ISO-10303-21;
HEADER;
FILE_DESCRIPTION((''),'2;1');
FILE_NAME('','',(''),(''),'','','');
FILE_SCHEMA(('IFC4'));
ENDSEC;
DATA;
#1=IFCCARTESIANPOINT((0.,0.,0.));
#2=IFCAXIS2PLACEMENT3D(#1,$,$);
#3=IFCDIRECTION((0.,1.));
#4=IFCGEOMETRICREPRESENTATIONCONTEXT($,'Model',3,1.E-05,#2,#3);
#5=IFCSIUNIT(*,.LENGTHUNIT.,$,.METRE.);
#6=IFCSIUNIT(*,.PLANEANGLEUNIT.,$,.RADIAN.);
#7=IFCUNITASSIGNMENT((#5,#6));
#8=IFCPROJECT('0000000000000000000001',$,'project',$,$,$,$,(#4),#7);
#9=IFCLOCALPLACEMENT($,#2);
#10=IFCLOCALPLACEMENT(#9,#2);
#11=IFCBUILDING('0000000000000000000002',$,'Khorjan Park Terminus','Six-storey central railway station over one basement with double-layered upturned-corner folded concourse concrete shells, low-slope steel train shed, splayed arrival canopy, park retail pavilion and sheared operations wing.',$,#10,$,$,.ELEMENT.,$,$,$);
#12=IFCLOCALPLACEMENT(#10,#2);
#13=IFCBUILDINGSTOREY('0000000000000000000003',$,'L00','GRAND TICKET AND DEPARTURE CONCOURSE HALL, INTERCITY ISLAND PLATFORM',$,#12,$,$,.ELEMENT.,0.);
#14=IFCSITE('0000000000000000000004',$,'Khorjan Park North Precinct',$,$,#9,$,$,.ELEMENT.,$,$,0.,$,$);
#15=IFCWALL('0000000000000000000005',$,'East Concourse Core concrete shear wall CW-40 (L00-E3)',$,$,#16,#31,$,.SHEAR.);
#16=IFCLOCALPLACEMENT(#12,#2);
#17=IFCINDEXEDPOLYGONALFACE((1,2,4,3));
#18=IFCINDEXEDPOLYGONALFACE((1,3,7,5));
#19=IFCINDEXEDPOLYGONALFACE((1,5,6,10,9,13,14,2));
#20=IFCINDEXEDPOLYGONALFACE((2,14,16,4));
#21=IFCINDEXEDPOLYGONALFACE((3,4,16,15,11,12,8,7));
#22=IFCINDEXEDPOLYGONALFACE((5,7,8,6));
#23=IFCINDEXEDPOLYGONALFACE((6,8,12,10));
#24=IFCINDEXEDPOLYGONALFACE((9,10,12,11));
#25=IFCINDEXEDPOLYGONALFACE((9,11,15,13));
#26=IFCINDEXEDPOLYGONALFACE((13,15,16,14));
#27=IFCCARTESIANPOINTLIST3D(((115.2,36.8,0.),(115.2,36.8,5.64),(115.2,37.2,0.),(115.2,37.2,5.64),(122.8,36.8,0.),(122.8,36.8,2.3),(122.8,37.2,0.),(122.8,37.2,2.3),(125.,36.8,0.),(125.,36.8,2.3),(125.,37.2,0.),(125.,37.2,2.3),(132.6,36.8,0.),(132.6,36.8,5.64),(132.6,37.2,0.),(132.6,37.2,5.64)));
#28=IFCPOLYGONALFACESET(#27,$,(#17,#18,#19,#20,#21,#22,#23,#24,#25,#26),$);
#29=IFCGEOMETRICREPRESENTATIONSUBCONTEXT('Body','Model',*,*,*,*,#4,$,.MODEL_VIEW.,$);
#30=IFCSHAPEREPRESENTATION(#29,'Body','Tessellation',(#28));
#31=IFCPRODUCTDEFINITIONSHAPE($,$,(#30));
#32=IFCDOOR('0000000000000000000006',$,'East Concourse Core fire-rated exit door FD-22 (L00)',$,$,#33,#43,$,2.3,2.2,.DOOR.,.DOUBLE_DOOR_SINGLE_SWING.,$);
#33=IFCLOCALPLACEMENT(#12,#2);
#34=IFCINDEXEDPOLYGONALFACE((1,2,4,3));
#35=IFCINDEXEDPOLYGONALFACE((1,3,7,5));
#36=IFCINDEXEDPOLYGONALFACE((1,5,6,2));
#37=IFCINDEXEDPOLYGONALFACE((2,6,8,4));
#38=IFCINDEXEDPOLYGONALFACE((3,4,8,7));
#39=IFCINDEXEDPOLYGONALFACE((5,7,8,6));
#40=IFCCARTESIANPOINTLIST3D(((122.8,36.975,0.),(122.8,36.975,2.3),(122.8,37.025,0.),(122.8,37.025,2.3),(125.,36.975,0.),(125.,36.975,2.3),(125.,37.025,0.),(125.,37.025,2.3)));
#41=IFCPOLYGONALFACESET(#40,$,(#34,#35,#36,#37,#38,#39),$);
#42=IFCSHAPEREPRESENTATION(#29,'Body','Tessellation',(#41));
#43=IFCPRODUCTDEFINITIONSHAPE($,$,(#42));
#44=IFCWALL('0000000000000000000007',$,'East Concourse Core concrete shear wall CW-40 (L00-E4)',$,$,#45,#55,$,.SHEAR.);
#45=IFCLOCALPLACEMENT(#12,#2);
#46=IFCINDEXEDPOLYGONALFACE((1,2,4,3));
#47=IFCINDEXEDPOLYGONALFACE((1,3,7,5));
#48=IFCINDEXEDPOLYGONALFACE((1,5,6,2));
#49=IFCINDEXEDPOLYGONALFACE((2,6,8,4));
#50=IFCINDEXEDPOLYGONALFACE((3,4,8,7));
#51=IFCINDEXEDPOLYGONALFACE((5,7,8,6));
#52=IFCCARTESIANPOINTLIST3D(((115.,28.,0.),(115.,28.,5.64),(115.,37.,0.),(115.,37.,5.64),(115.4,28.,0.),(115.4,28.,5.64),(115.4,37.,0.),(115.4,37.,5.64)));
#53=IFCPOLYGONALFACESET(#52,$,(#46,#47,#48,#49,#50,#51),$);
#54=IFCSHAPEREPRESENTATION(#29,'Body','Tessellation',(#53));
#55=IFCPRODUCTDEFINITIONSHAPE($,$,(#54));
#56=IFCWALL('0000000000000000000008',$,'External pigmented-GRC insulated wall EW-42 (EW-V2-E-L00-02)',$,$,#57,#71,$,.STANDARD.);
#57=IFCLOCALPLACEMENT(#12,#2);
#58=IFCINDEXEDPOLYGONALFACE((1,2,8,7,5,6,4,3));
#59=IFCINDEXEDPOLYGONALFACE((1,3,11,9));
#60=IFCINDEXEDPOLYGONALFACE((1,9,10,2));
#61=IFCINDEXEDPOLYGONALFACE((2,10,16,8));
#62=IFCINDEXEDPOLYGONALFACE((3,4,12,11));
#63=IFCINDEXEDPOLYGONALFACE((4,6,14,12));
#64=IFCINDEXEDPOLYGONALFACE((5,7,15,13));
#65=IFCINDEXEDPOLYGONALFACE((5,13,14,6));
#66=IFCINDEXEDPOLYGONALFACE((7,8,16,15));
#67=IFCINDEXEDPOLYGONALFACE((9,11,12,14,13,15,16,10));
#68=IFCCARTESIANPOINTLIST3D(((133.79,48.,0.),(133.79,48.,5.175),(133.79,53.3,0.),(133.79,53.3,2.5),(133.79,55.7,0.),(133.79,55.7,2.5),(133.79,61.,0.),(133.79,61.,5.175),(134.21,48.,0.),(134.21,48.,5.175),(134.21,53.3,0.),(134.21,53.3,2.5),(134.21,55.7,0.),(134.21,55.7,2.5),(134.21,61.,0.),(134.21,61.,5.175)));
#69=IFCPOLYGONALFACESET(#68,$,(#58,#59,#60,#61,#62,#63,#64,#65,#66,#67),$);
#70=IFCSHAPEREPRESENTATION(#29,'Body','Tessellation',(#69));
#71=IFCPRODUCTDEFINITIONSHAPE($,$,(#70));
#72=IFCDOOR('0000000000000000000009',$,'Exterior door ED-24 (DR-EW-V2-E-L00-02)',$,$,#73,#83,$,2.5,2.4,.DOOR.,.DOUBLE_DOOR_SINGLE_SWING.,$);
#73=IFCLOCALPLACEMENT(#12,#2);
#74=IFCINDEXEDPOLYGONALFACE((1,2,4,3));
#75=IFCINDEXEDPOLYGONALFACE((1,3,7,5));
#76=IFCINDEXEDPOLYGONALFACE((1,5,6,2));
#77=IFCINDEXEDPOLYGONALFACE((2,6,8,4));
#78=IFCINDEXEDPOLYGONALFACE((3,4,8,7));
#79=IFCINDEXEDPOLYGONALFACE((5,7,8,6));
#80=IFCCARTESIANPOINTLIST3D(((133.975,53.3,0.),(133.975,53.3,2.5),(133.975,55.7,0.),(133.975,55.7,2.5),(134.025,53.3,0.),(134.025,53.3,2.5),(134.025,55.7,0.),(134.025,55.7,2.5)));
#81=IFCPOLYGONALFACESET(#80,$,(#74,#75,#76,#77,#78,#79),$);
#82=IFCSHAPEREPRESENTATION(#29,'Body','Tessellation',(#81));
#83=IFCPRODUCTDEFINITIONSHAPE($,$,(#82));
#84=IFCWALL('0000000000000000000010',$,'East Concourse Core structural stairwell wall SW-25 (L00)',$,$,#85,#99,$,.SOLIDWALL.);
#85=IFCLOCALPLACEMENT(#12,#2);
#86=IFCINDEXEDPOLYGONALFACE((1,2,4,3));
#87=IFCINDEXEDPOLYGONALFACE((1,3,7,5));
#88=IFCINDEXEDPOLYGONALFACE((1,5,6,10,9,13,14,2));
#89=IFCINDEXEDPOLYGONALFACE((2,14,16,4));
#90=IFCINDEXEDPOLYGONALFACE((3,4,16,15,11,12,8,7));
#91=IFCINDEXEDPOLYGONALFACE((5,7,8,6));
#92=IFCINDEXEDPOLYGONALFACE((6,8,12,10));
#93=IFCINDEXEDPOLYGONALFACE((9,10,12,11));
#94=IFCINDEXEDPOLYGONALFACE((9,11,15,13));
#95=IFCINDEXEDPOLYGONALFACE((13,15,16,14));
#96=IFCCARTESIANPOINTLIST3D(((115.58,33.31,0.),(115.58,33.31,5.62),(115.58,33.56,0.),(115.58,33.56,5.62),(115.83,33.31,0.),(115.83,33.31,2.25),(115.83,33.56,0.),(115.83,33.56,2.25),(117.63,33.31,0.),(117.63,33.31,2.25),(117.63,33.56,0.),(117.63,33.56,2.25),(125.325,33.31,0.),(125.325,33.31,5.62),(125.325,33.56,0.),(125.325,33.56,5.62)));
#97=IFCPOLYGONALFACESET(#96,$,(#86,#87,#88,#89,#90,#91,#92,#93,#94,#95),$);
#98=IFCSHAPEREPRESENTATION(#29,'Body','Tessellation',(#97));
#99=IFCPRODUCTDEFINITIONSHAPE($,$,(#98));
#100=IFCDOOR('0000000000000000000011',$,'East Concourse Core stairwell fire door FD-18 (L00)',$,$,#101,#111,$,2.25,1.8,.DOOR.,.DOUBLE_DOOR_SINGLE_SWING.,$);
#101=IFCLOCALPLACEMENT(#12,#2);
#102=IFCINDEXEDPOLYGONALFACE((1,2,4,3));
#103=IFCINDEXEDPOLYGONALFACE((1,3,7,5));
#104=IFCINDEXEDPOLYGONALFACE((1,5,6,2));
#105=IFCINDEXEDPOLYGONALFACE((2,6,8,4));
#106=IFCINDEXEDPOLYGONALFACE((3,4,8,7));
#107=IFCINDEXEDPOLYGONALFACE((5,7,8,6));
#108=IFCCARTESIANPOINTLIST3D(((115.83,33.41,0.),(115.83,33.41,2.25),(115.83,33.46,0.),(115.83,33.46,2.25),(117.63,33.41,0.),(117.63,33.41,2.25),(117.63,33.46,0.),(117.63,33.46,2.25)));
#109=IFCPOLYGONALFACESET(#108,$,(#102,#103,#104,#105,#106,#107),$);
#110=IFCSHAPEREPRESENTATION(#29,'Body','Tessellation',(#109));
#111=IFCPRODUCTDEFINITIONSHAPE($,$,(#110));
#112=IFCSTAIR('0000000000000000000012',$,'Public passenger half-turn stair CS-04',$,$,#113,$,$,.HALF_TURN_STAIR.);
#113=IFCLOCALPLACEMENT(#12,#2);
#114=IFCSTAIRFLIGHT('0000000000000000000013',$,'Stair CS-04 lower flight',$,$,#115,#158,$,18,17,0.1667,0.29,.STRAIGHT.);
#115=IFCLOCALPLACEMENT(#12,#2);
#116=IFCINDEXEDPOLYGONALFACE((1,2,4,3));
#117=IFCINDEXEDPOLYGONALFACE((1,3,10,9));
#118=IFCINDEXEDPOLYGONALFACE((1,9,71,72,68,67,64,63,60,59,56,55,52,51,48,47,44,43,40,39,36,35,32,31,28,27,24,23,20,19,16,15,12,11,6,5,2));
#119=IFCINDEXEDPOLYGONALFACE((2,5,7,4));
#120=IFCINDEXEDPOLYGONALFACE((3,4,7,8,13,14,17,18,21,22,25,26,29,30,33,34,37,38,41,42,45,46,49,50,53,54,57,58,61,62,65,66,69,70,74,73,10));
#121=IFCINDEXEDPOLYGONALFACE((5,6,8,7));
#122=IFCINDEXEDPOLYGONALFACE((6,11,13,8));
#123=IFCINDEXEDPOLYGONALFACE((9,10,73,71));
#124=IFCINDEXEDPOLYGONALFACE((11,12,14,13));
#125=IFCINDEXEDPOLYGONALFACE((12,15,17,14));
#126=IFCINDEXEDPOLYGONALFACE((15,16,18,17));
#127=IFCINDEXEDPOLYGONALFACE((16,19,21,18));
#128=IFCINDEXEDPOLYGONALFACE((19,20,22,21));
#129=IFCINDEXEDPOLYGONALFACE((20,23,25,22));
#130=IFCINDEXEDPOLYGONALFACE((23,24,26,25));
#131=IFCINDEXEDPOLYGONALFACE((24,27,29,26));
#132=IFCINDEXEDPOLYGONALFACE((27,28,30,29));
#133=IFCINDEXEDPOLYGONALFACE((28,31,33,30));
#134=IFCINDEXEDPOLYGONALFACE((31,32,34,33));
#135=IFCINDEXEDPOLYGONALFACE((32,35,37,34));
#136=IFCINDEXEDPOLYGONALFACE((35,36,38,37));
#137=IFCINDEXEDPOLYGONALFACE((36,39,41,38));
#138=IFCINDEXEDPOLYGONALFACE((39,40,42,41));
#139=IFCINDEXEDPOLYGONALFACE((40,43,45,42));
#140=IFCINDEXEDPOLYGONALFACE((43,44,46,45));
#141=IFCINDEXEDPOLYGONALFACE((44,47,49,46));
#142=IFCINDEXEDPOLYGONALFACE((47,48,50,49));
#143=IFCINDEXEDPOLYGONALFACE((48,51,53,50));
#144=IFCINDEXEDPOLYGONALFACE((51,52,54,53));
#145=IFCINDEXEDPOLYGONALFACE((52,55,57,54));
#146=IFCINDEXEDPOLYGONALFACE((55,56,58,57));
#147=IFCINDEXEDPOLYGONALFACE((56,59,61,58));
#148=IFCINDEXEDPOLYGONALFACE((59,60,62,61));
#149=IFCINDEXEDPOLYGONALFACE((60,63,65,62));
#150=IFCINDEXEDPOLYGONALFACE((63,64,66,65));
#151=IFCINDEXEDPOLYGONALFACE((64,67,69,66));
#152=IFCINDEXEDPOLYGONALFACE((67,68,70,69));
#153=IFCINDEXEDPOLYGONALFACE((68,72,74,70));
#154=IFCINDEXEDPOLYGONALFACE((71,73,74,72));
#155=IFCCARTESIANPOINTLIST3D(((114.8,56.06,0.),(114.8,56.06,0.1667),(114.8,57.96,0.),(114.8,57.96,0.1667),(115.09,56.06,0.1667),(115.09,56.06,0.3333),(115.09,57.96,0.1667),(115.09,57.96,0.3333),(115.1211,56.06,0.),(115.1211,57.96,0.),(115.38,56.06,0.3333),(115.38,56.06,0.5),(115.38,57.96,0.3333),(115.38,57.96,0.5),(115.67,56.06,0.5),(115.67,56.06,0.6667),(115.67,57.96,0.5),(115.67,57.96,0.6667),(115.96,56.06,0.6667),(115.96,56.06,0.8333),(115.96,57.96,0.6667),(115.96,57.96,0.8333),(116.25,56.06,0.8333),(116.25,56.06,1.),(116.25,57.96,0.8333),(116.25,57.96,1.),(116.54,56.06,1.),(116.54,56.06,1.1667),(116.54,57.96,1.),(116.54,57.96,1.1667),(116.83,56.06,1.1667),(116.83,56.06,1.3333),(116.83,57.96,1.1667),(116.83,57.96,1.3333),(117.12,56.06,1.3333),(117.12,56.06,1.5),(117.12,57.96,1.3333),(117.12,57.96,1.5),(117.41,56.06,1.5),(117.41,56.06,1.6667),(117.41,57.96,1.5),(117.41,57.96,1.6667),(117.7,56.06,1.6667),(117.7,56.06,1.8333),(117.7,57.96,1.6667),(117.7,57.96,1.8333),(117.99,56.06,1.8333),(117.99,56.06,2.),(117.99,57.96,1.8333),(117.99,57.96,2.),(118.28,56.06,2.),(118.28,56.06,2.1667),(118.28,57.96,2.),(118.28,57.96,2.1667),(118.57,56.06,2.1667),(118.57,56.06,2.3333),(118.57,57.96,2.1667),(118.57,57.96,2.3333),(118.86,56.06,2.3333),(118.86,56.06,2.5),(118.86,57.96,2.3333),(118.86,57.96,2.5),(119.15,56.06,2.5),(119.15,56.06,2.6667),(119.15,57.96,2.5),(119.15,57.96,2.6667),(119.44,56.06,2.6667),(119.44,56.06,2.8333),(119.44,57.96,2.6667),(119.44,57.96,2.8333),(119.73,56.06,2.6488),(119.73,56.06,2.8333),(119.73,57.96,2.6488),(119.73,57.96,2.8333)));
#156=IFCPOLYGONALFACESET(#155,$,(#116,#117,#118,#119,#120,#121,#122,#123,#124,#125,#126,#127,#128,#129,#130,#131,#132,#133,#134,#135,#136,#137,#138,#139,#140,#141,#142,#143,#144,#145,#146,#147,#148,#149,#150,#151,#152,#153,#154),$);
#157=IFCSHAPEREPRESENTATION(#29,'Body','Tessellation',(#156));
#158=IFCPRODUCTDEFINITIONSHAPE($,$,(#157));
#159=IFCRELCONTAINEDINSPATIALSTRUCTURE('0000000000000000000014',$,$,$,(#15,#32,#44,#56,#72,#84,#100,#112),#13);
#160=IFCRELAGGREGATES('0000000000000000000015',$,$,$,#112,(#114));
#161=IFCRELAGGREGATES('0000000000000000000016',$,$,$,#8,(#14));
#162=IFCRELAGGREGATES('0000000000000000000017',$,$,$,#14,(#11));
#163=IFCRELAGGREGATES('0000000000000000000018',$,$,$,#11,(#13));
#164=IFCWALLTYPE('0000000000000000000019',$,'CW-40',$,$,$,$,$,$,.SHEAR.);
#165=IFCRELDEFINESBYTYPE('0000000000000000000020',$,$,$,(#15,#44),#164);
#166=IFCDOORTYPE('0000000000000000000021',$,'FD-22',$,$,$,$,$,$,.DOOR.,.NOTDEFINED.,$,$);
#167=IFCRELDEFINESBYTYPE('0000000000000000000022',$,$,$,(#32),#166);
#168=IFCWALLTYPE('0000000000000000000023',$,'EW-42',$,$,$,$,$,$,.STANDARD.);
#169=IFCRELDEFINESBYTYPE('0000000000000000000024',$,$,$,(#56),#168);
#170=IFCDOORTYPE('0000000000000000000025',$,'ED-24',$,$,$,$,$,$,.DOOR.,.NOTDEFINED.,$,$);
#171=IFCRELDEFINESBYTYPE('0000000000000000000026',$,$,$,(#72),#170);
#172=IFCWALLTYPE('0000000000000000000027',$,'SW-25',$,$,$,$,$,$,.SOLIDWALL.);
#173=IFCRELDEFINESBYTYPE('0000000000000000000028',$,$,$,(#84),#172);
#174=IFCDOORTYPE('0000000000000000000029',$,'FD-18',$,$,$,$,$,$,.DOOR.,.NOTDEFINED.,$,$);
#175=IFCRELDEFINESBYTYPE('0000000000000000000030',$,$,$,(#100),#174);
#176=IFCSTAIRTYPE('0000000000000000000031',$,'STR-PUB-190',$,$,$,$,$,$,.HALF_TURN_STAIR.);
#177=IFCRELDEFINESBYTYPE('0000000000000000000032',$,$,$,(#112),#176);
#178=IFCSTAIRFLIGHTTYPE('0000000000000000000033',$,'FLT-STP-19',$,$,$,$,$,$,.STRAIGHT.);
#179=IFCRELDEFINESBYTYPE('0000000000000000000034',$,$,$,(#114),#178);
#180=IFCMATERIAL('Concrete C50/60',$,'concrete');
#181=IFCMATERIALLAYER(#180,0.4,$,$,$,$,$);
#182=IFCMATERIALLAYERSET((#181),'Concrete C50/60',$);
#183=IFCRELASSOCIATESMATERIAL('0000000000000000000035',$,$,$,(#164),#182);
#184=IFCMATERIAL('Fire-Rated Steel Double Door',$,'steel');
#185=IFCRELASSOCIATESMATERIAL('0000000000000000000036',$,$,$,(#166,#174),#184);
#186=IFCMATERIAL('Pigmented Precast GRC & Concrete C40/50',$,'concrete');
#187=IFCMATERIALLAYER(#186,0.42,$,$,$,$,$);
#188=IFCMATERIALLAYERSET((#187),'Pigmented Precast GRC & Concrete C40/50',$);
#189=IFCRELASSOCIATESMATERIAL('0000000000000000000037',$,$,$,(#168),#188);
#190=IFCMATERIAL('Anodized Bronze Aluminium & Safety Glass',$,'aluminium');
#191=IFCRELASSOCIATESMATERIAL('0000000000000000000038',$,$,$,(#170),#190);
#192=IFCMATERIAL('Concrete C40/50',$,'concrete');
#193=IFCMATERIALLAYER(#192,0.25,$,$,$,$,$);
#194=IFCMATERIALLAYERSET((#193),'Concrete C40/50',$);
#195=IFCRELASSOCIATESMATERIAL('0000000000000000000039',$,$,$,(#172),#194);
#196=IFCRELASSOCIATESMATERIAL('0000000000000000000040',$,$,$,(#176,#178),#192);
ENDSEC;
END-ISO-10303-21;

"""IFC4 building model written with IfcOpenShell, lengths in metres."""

from ifc_helpers import new_model, si_unit, direction, frame, frame_2d, origin, place, context, subcontext, project, spatial, polyline, rectangle, outline, extrude, material, layer, layer_set, type_object, element, fill, aggregate, save


model = new_model("IFC4")

# Units and contexts
model_context = context("Model", 3, precision=1e-05, world=origin(), true_north=direction((0.0, 1.0)))
body_context = subcontext(model_context, "Body", "Model", "MODEL_VIEW")
ifc_project = project(units=[si_unit("LENGTHUNIT", "METRE"), si_unit("PLANEANGLEUNIT", "RADIAN")], contexts=[model_context])

# Site, building, storey
site_placement = place(None, origin())
site = spatial("IfcSite", under=ifc_project, at=site_placement, Name="Khorjan Park North Precinct", CompositionType="ELEMENT", RefElevation=0.0)
building_placement = place(site_placement, origin())
building = spatial("IfcBuilding", under=site, at=building_placement, Name="Khorjan Park Terminus", Description="Six-storey central railway station over one basement with double-layered upturned-corner folded concourse concrete shells, low-slope steel train shed, splayed arrival canopy, park retail pavilion and sheared operations wing.", CompositionType="ELEMENT")
storey_placement = place(building_placement, origin())
storey = spatial("IfcBuildingStorey", under=building, at=storey_placement, Name="L00", Description="GRAND TICKET AND DEPARTURE CONCOURSE HALL, INTERCITY ISLAND PLATFORM", CompositionType="ELEMENT", Elevation=0.0)

# Shared definitions
ifc_material_1 = material(Name="Concrete C50/60", Category="concrete")

# Shared definitions
ifc_material_2 = material(Name="Concrete C40/50", Category="concrete")

# Wall, opening, door
ifc_layer_1 = layer(ifc_material_1, 0.4)
ifc_layer_set_1 = layer_set([ifc_layer_1], Name="Concrete C50/60")
wall_type_1 = type_object("IfcWallType", Name="CW-40", PredefinedType="SHEAR", material=ifc_layer_set_1)
wall_1_placement = place(storey_placement, frame((132.6, 37.0, 0.0), z_axis=(0.0, 0.0, 1.0), x_axis=(-1.0, 0.0, 0.0)))
wall_1 = element("IfcWall", 1, at=wall_1_placement, inside=storey, type_object=wall_type_1, Name="East Concourse Core concrete shear wall CW-40 (L00-E3)", PredefinedType="SHEAR", context=body_context, shape_type="SweptSolid", body=[
    extrude(rectangle(XDim=17.4, YDim=0.4, at=frame_2d((8.7, 0.0))), origin(), (0.0, 0.0, 1.0), 5.64),
])
opening_1_placement = place(wall_1_placement, frame((7.6, 0.0, 0.0)))
opening_1 = element("IfcOpeningElement", 2, at=opening_1_placement, cuts=wall_1, PredefinedType="OPENING", context=body_context, shape_type="SweptSolid", body=[
    extrude(rectangle(XDim=2.2, YDim=2.3, at=frame_2d((1.1, 1.15))), frame((0.0, 0.21, 0.0), z_axis=(0.0, -1.0, 0.0), x_axis=(1.0, 0.0, 0.0)), (0.0, 0.0, 1.0), 0.42),
])
ifc_material_3 = material(Name="Fire-Rated Steel Double Door", Category="steel")
door_type_1 = type_object("IfcDoorType", Name="FD-22", OperationType="NOTDEFINED", PredefinedType="DOOR", material=ifc_material_3)
door_1_placement = place(opening_1_placement, origin())
door_1 = element("IfcDoor", 3, at=door_1_placement, inside=storey, type_object=door_type_1, Name="East Concourse Core fire-rated exit door FD-22 (L00)", OperationType="DOUBLE_DOOR_SINGLE_SWING", OverallHeight=2.3, OverallWidth=2.2, PredefinedType="DOOR", context=body_context, shape_type="SweptSolid", body=[
    extrude(rectangle(XDim=2.2, YDim=2.3, at=frame_2d((1.1, 1.15))), frame((0.0, 0.025, 0.0), z_axis=(0.0, -1.0, 0.0), x_axis=(1.0, 0.0, 0.0)), (0.0, 0.0, 1.0), 0.05),
])
fill(opening_1, door_1)

# Wall
wall_2_placement = place(storey_placement, frame((115.2, 37.0, 0.0), z_axis=(0.0, 0.0, 1.0), x_axis=(0.0, -1.0, 0.0)))
element("IfcWall", 4, at=wall_2_placement, inside=storey, type_object=wall_type_1, Name="East Concourse Core concrete shear wall CW-40 (L00-E4)", PredefinedType="SHEAR", context=body_context, shape_type="SweptSolid", body=[
    extrude(rectangle(XDim=9.0, YDim=0.4, at=frame_2d((4.5, 0.0))), origin(), (0.0, 0.0, 1.0), 5.64),
])

# Walls, openings, doors
ifc_material_4 = material(Name="Pigmented Precast GRC & Concrete C40/50", Category="concrete")
ifc_layer_2 = layer(ifc_material_4, 0.42)
ifc_layer_set_2 = layer_set([ifc_layer_2], Name="Pigmented Precast GRC & Concrete C40/50")
wall_type_2 = type_object("IfcWallType", Name="EW-42", PredefinedType="STANDARD", material=ifc_layer_set_2)
wall_3_placement = place(storey_placement, frame((134.0, 48.0, 0.0), z_axis=(0.0, 0.0, 1.0), x_axis=(0.0, 1.0, 0.0)))
wall_3 = element("IfcWall", 5, at=wall_3_placement, inside=storey, type_object=wall_type_2, Name="External pigmented-GRC insulated wall EW-42 (EW-V2-E-L00-02)", PredefinedType="STANDARD", context=body_context, shape_type="SweptSolid", body=[
    extrude(rectangle(XDim=13.0, YDim=0.42, at=frame_2d((6.5, 0.0))), origin(), (0.0, 0.0, 1.0), 5.175),
])
opening_2_placement = place(wall_3_placement, frame((5.3, 0.0, 0.0)))
opening_2 = element("IfcOpeningElement", 6, at=opening_2_placement, cuts=wall_3, PredefinedType="OPENING", context=body_context, shape_type="SweptSolid", body=[
    extrude(rectangle(XDim=2.4, YDim=2.5, at=frame_2d((1.2, 1.25))), frame((0.0, 0.22, 0.0), z_axis=(0.0, -1.0, 0.0), x_axis=(1.0, 0.0, 0.0)), (0.0, 0.0, 1.0), 0.44),
])
ifc_material_5 = material(Name="Anodized Bronze Aluminium & Safety Glass", Category="aluminium")
door_type_2 = type_object("IfcDoorType", Name="ED-24", OperationType="NOTDEFINED", PredefinedType="DOOR", material=ifc_material_5)
door_2_placement = place(opening_2_placement, origin())
door_2 = element("IfcDoor", 7, at=door_2_placement, inside=storey, type_object=door_type_2, Name="Exterior door ED-24 (DR-EW-V2-E-L00-02)", OperationType="DOUBLE_DOOR_SINGLE_SWING", OverallHeight=2.5, OverallWidth=2.4, PredefinedType="DOOR", context=body_context, shape_type="SweptSolid", body=[
    extrude(rectangle(XDim=2.4, YDim=2.5, at=frame_2d((1.2, 1.25))), frame((0.0, 0.025, 0.0), z_axis=(0.0, -1.0, 0.0), x_axis=(1.0, 0.0, 0.0)), (0.0, 0.0, 1.0), 0.05),
])
fill(opening_2, door_2)
ifc_layer_3 = layer(ifc_material_2, 0.25)
ifc_layer_set_3 = layer_set([ifc_layer_3], Name="Concrete C40/50")
wall_type_3 = type_object("IfcWallType", Name="SW-25", PredefinedType="SOLIDWALL", material=ifc_layer_set_3)
wall_4_placement = place(storey_placement, frame((115.58, 33.435, 0.0), z_axis=(0.0, 0.0, 1.0), x_axis=(1.0, 0.0, 0.0)))
wall_4 = element("IfcWall", 8, at=wall_4_placement, inside=storey, type_object=wall_type_3, Name="East Concourse Core structural stairwell wall SW-25 (L00)", PredefinedType="SOLIDWALL", context=body_context, shape_type="SweptSolid", body=[
    extrude(rectangle(XDim=9.745, YDim=0.25, at=frame_2d((4.8725, 0.0))), origin(), (0.0, 0.0, 1.0), 5.62),
])
opening_3_placement = place(wall_4_placement, frame((0.25, 0.0, 0.0)))
opening_3 = element("IfcOpeningElement", 9, at=opening_3_placement, cuts=wall_4, PredefinedType="OPENING", context=body_context, shape_type="SweptSolid", body=[
    extrude(rectangle(XDim=1.8, YDim=2.25, at=frame_2d((0.9, 1.125))), frame((0.0, 0.135, 0.0), z_axis=(0.0, -1.0, 0.0), x_axis=(1.0, 0.0, 0.0)), (0.0, 0.0, 1.0), 0.27),
])
door_type_3 = type_object("IfcDoorType", Name="FD-18", OperationType="NOTDEFINED", PredefinedType="DOOR", material=ifc_material_3)
door_3_placement = place(opening_3_placement, origin())
door_3 = element("IfcDoor", 10, at=door_3_placement, inside=storey, type_object=door_type_3, Name="East Concourse Core stairwell fire door FD-18 (L00)", OperationType="DOUBLE_DOOR_SINGLE_SWING", OverallHeight=2.25, OverallWidth=1.8, PredefinedType="DOOR", context=body_context, shape_type="SweptSolid", body=[
    extrude(rectangle(XDim=1.8, YDim=2.25, at=frame_2d((0.9, 1.125))), frame((0.0, 0.025, 0.0), z_axis=(0.0, -1.0, 0.0), x_axis=(1.0, 0.0, 0.0)), (0.0, 0.0, 1.0), 0.05),
])
fill(opening_3, door_3)

# Stair, stair flight
stair_type = type_object("IfcStairType", Name="STR-PUB-190", PredefinedType="HALF_TURN_STAIR", material=ifc_material_2)
stair_placement = place(storey_placement, origin())
stair = element("IfcStair", 11, at=stair_placement, inside=storey, type_object=stair_type, Name="Public passenger half-turn stair CS-04", PredefinedType="HALF_TURN_STAIR")
stair_flight_type = type_object("IfcStairFlightType", Name="FLT-STP-19", PredefinedType="STRAIGHT", material=ifc_material_2)
stair_flight_1_placement = place(storey_placement, frame((114.8, 57.01, 0.0), z_axis=(0.0, 0.0, 1.0), x_axis=(1.0, 0.0, 0.0)))
stair_flight_1 = element("IfcStairFlight", 12, at=stair_flight_1_placement, type_object=stair_flight_type, Name="Stair CS-04 lower flight", NumberOfRisers=18, NumberOfTreads=17, PredefinedType="STRAIGHT", RiserHeight=0.1667, TreadLength=0.29, context=body_context, shape_type="SweptSolid", body=[
    extrude(outline(polyline([(0.0, 0.0), (0.0, 0.1667), (0.29, 0.1667), (0.29, 0.3333), (0.58, 0.3333), (0.58, 0.5), (0.87, 0.5), (0.87, 0.6667), (1.16, 0.6667), (1.16, 0.8333), (1.45, 0.8333), (1.45, 1.0), (1.74, 1.0), (1.74, 1.1667), (2.03, 1.1667), (2.03, 1.3333), (2.32, 1.3333), (2.32, 1.5), (2.61, 1.5), (2.61, 1.6667), (2.9, 1.6667), (2.9, 1.8333), (3.19, 1.8333), (3.19, 2.0), (3.48, 2.0), (3.48, 2.1667), (3.77, 2.1667), (3.77, 2.3333), (4.06, 2.3333), (4.06, 2.5), (4.35, 2.5), (4.35, 2.6667), (4.64, 2.6667), (4.64, 2.8333), (4.93, 2.8333), (4.93, 3.0), (4.93, 2.6488), (0.3211, 0.0), (0.0, 0.0)])), frame((0.0, 0.95, 0.0), z_axis=(0.0, -1.0, 0.0), x_axis=(1.0, 0.0, 0.0)), (0.0, 0.0, 1.0), 1.9),
])
aggregate(stair, [stair_flight_1])

save(model, "model.ifc")
